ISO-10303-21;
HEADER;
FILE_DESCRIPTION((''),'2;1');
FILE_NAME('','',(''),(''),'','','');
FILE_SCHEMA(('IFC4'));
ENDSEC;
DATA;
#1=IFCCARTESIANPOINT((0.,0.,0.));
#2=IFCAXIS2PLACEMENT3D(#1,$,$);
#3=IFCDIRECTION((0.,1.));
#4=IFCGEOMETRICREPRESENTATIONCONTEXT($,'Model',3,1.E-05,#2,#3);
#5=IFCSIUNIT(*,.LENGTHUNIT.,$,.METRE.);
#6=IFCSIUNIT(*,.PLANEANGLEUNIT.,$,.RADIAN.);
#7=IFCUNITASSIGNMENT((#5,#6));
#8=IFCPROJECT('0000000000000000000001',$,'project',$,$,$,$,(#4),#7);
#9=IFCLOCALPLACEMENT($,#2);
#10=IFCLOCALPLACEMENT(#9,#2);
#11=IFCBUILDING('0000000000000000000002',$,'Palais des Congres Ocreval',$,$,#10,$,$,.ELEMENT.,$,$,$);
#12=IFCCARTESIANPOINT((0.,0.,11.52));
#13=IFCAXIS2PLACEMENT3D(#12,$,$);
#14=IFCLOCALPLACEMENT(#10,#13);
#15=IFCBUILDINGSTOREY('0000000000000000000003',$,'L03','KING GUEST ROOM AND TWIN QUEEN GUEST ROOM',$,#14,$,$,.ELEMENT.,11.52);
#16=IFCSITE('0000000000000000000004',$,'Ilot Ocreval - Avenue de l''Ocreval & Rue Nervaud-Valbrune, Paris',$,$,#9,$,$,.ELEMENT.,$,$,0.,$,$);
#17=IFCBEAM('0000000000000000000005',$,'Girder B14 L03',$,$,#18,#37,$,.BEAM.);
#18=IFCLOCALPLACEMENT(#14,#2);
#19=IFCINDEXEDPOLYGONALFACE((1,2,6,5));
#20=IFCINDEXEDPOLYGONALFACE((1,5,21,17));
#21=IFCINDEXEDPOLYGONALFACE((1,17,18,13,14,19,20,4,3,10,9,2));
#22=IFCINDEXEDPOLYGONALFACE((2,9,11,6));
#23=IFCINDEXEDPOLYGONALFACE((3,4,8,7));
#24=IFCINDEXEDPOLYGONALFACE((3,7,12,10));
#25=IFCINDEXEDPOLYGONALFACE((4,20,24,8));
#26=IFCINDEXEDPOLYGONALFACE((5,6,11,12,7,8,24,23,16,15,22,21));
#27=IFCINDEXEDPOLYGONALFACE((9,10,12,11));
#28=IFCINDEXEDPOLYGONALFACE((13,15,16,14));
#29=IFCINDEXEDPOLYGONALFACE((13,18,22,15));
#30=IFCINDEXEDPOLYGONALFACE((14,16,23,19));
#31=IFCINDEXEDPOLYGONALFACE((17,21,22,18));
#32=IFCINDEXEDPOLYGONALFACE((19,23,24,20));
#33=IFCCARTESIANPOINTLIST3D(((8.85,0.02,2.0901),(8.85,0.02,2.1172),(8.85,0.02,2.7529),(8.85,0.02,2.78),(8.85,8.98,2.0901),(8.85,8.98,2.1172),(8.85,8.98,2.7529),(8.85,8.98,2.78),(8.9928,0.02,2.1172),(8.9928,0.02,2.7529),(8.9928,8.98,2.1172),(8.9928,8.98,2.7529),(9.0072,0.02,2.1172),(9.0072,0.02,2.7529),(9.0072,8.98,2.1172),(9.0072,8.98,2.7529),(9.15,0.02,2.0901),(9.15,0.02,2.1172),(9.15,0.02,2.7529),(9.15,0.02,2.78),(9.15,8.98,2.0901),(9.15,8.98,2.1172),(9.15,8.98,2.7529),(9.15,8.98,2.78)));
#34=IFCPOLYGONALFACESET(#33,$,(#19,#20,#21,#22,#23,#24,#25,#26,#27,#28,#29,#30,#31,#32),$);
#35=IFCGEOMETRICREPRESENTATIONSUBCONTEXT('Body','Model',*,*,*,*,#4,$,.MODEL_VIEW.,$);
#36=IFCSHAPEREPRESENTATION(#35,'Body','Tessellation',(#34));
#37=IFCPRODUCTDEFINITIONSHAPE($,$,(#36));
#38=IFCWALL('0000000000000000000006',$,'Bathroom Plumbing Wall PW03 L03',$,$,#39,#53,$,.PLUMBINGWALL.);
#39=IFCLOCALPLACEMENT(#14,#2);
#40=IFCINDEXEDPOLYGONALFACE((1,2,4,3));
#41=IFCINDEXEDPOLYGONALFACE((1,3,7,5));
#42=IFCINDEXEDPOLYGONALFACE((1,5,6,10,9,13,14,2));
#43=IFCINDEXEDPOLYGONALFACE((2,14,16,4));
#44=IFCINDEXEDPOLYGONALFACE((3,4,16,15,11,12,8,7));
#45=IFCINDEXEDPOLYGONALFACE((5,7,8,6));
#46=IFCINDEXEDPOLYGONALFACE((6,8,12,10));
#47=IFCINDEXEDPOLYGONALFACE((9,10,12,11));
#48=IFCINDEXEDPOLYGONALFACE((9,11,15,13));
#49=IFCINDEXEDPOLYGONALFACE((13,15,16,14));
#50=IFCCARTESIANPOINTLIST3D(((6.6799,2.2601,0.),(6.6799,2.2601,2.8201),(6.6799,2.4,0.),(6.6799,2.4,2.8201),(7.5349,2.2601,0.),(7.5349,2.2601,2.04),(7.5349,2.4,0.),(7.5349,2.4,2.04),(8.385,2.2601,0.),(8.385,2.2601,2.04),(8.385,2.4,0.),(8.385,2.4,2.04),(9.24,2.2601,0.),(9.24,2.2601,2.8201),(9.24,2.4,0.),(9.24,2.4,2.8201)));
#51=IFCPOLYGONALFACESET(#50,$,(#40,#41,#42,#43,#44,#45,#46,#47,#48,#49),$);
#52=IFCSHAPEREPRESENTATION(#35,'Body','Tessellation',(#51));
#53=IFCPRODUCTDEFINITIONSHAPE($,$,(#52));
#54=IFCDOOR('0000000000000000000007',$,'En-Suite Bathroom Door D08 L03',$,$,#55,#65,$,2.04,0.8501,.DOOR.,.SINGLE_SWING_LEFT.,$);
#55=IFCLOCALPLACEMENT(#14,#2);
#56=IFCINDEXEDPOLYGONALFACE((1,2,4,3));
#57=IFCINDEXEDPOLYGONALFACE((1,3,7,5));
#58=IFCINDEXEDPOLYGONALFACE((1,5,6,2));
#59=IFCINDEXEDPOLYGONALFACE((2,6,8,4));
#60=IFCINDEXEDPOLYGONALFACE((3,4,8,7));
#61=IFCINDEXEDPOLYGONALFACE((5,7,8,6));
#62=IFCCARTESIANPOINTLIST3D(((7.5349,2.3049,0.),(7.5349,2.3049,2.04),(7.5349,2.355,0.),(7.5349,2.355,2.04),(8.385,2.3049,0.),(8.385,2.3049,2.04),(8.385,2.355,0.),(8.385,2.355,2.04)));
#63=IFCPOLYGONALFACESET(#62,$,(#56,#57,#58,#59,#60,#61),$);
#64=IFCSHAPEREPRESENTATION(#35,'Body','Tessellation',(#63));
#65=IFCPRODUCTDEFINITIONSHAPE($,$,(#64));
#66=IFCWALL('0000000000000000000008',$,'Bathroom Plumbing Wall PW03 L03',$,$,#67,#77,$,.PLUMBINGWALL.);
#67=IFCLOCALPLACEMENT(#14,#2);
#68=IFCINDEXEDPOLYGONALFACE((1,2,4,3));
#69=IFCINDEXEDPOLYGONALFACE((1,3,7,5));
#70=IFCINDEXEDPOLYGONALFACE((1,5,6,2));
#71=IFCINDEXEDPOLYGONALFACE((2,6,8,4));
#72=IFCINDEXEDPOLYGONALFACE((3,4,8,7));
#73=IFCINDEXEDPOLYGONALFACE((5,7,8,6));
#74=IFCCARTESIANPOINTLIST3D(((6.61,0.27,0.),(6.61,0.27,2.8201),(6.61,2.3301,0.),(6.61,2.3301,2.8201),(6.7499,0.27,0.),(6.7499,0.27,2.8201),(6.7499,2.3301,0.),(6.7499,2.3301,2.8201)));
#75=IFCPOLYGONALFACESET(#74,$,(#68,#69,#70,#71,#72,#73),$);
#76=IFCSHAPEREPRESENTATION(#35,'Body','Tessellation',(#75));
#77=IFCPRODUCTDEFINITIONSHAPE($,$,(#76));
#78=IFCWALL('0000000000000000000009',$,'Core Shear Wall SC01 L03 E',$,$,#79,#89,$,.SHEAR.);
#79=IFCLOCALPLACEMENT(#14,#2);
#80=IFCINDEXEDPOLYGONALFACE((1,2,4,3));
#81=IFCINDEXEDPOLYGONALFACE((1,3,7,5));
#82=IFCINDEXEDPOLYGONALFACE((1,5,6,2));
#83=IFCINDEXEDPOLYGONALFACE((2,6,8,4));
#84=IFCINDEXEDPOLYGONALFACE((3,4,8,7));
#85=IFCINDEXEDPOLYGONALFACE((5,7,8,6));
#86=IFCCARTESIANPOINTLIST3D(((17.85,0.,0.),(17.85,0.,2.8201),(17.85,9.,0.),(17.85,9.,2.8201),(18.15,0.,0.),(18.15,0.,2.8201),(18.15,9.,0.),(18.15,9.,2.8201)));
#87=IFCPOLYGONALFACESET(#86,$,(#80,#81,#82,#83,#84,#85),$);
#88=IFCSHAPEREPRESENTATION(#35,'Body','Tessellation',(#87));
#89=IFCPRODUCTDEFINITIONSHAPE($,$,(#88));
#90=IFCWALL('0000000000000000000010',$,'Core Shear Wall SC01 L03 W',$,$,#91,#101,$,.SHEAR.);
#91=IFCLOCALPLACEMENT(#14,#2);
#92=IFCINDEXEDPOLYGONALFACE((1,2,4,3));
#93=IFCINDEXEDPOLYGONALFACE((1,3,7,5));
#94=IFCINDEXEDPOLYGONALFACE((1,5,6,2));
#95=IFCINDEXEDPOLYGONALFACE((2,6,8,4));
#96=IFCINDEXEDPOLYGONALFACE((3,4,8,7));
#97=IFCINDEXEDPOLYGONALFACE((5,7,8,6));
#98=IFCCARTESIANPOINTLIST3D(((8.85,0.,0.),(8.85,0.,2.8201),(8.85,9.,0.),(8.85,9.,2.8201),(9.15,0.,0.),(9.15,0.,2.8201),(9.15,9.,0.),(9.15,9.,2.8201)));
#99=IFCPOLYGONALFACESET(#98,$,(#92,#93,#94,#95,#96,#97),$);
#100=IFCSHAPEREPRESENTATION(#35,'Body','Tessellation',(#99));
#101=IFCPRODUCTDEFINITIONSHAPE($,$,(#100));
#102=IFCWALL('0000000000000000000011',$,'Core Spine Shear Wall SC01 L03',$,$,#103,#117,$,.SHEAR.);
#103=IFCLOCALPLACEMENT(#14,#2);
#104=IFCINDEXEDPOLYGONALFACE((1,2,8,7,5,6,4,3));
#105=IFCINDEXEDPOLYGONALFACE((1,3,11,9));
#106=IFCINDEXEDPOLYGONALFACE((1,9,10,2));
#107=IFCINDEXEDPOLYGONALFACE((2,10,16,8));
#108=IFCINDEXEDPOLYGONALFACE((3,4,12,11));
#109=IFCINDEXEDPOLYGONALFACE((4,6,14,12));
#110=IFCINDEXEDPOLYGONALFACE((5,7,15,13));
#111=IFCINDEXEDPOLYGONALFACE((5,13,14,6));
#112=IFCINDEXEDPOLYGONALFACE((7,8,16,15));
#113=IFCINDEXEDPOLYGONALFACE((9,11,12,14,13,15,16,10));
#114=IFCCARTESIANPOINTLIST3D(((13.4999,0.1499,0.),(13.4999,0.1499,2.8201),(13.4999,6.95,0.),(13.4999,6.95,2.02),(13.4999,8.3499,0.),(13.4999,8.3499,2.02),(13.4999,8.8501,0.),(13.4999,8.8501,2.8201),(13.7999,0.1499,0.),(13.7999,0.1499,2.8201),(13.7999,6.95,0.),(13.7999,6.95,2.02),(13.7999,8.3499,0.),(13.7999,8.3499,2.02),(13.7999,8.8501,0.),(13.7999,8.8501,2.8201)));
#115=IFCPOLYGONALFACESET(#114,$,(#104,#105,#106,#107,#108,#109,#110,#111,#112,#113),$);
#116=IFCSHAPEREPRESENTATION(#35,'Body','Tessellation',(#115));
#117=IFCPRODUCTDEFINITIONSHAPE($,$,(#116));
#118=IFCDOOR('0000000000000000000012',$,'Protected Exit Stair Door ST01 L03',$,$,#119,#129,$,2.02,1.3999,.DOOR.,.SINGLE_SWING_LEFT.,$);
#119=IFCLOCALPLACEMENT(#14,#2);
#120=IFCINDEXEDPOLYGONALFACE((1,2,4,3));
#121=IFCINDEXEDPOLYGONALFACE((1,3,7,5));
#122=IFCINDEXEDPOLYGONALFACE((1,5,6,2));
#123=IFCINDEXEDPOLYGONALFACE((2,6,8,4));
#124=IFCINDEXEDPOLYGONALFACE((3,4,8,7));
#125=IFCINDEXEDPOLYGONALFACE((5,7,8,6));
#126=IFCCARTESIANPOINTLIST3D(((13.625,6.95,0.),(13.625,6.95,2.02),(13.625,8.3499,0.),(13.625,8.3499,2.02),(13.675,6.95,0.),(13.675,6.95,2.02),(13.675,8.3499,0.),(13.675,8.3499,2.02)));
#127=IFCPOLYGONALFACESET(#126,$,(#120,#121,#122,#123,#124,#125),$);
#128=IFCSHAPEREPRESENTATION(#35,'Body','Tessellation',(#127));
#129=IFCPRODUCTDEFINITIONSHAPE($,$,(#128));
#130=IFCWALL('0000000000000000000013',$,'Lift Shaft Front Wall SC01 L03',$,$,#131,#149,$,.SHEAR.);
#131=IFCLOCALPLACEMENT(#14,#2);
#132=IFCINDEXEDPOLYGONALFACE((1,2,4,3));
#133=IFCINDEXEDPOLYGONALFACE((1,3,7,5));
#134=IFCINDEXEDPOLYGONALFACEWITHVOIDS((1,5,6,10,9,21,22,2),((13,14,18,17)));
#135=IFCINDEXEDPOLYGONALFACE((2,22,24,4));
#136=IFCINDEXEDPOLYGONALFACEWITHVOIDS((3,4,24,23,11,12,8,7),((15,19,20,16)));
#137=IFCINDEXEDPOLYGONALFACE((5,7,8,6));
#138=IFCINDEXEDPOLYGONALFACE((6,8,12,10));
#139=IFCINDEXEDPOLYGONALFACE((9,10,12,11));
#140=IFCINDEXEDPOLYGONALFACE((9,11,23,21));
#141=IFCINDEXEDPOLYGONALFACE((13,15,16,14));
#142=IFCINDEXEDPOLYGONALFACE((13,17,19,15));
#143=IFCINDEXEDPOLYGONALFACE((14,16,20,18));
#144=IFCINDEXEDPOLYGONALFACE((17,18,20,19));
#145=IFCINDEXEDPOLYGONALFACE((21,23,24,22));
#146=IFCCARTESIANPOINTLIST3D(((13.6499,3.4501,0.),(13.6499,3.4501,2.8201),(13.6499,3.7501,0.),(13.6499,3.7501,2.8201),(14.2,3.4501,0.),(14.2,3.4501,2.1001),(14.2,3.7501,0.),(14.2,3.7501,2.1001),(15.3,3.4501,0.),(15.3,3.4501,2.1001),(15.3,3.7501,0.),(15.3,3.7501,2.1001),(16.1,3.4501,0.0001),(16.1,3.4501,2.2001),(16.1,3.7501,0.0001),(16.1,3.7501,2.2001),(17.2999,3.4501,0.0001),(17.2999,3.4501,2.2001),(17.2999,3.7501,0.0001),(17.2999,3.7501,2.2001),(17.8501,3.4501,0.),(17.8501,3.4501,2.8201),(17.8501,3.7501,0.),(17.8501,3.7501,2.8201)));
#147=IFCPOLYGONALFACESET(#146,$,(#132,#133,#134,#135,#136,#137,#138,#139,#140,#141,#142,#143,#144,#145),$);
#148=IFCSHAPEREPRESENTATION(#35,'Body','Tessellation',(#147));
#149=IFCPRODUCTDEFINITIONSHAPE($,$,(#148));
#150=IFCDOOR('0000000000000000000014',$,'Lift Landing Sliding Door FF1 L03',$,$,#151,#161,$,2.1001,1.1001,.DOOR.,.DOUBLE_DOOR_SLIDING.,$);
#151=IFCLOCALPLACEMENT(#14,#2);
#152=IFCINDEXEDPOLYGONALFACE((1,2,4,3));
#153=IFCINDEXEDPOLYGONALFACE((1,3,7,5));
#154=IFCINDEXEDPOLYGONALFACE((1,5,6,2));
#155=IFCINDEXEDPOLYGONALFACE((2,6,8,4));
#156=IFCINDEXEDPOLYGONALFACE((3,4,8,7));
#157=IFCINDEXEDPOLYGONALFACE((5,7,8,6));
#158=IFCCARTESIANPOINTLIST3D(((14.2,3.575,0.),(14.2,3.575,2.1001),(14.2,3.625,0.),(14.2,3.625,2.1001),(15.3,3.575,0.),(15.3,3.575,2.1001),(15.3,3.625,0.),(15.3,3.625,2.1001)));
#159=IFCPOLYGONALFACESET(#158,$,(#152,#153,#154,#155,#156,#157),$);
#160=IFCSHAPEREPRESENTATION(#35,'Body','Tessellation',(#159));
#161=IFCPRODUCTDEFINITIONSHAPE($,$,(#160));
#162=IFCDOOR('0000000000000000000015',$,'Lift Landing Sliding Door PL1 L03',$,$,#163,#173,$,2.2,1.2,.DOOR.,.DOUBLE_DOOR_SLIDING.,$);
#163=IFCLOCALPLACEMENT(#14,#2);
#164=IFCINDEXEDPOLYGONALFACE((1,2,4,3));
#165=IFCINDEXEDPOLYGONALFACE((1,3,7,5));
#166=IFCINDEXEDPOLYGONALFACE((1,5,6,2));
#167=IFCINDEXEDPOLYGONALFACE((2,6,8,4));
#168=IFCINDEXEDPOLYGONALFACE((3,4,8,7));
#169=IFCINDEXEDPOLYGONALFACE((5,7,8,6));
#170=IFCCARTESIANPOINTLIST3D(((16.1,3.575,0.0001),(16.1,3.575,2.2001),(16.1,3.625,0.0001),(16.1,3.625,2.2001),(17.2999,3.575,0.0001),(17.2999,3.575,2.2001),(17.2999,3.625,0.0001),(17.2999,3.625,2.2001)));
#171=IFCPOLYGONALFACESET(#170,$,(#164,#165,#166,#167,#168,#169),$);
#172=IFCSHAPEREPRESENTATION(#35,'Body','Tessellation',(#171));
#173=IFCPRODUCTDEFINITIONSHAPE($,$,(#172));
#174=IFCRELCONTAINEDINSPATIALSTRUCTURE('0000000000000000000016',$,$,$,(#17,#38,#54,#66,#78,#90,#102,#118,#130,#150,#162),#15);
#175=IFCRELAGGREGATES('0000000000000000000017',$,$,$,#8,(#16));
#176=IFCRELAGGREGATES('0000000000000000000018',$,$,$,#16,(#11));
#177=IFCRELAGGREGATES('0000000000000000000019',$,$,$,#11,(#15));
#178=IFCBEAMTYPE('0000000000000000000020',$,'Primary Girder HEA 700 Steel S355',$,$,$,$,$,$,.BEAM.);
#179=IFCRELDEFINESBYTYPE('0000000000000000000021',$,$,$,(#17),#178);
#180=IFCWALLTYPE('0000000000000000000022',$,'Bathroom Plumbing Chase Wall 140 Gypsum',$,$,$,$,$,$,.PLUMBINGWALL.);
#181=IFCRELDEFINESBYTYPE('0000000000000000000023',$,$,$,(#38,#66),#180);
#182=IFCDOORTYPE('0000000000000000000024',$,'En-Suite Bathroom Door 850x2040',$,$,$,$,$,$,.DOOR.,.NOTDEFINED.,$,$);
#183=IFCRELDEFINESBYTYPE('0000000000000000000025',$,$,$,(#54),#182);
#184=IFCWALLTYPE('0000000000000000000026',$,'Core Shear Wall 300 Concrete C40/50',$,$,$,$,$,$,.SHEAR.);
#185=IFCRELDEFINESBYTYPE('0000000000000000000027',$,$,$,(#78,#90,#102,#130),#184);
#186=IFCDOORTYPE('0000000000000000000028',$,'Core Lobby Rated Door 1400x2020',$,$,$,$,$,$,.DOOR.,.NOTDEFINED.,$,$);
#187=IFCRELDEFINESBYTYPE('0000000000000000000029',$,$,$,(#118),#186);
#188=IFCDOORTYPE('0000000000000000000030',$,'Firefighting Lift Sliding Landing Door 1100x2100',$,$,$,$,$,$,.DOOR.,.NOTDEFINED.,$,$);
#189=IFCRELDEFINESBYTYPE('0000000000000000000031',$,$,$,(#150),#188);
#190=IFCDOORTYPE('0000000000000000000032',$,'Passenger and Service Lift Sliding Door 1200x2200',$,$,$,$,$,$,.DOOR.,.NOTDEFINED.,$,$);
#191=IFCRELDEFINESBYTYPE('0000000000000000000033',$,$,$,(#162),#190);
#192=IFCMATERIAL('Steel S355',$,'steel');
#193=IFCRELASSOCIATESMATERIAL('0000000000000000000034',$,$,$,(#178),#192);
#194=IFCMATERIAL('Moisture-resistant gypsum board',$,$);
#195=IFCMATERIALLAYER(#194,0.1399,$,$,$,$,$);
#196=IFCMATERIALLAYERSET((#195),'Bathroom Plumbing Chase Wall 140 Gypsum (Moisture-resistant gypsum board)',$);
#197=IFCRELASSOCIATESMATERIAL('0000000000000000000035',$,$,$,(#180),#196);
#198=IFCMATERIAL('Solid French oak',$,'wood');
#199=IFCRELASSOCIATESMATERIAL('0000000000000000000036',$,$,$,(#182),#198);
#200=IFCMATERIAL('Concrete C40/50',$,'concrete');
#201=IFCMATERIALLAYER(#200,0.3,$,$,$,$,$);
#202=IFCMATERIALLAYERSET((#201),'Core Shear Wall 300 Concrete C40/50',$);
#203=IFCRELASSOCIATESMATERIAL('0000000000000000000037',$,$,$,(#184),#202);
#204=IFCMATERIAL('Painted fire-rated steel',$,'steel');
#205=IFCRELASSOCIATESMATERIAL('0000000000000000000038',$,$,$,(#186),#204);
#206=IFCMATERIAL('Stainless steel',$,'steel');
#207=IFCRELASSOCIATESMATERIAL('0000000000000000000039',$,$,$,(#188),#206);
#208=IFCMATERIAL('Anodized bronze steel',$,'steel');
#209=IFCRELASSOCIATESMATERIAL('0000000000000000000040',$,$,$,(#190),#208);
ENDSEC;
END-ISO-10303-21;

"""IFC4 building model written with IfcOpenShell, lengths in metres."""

from ifc_helpers import new_model, si_unit, direction, frame, frame_2d, origin, origin_2d, place, context, subcontext, project, spatial, rectangle, i_section, extrude, material, layer, layer_set, material_profile, profile_set, type_object, element, fill, save


model = new_model("IFC4")

# Units and contexts
model_context = context("Model", 3, precision=1e-05, world=origin(), true_north=direction((0.0, 1.0)))
body_context = subcontext(model_context, "Body", "Model", "MODEL_VIEW")
ifc_project = project(units=[si_unit("LENGTHUNIT", "METRE"), si_unit("PLANEANGLEUNIT", "RADIAN")], contexts=[model_context])

# Site, building, storey
site_placement = place(None, origin())
site = spatial("IfcSite", under=ifc_project, at=site_placement, Name="Ilot Ocreval - Avenue de l'Ocreval & Rue Nervaud-Valbrune, Paris", CompositionType="ELEMENT", RefElevation=0.0)
building_placement = place(site_placement, origin())
building = spatial("IfcBuilding", under=site, at=building_placement, Name="Palais des Congres Ocreval", CompositionType="ELEMENT")
storey_placement = place(building_placement, frame((0.0, 0.0, 11.52)))
storey = spatial("IfcBuildingStorey", under=building, at=storey_placement, Name="L03", Description="KING GUEST ROOM AND TWIN QUEEN GUEST ROOM", CompositionType="ELEMENT", Elevation=11.52)

# Shared definitions
ifc_material_1 = material(Name="Steel S355", Category="steel")

# Beam
ifc_material_profile_1 = material_profile(ifc_material_1, i_section(OverallWidth=0.3, OverallDepth=0.6899, WebThickness=0.0144, FlangeThickness=0.0271, at=origin_2d()), Name="HEA 700")
ifc_profile_set_1 = profile_set([ifc_material_profile_1], Name="Steel S355")
beam_type_1 = type_object("IfcBeamType", Name="Primary Girder HEA 700 Steel S355", PredefinedType="BEAM", material=ifc_profile_set_1)
beam_1_placement = place(storey_placement, frame((9.0, 0.02, 2.4351), z_axis=(0.0, 1.0, 0.0), x_axis=(-1.0, 0.0, 0.0)))
element("IfcBeam", 1, at=beam_1_placement, inside=storey, type_object=beam_type_1, Name="Girder B14 L03", PredefinedType="BEAM", context=body_context, shape_type="SweptSolid", body=[
    extrude(i_section(OverallWidth=0.3, OverallDepth=0.6899, WebThickness=0.0144, FlangeThickness=0.0271, at=origin_2d()), origin(), (0.0, 0.0, 1.0), 8.96),
])

# Wall, opening, door
ifc_material_2 = material(Name="Moisture-resistant gypsum board")
ifc_layer_1 = layer(ifc_material_2, 0.1399)
ifc_layer_set_1 = layer_set([ifc_layer_1], Name="Bathroom Plumbing Chase Wall 140 Gypsum (Moisture-resistant gypsum board)")
wall_type_1 = type_object("IfcWallType", Name="Bathroom Plumbing Chase Wall 140 Gypsum", PredefinedType="PLUMBINGWALL", material=ifc_layer_set_1)
wall_1_placement = place(storey_placement, frame((6.6799, 2.3301, 0.0), z_axis=(0.0, 0.0, 1.0), x_axis=(1.0, 0.0, 0.0)))
wall_1 = element("IfcWall", 2, at=wall_1_placement, inside=storey, type_object=wall_type_1, Name="Bathroom Plumbing Wall PW03 L03", PredefinedType="PLUMBINGWALL", context=body_context, shape_type="SweptSolid", body=[
    extrude(rectangle(XDim=2.5601, YDim=0.1399, at=frame_2d((1.28, 0.0))), origin(), (0.0, 0.0, 1.0), 2.8201),
])
opening_1_placement = place(wall_1_placement, frame((0.855, 0.0, 0.0)))
opening_1 = element("IfcOpeningElement", 3, at=opening_1_placement, cuts=wall_1, PredefinedType="OPENING", context=body_context, shape_type="SweptSolid", body=[
    extrude(rectangle(XDim=0.8501, YDim=2.04, at=frame_2d((0.425, 1.02))), frame((0.0, 0.0798, 0.0), z_axis=(0.0, -1.0, 0.0), x_axis=(1.0, 0.0, 0.0)), (0.0, 0.0, 1.0), 0.1599),
])
ifc_material_3 = material(Name="Solid French oak", Category="wood")
door_type_1 = type_object("IfcDoorType", Name="En-Suite Bathroom Door 850x2040", OperationType="NOTDEFINED", PredefinedType="DOOR", material=ifc_material_3)
door_1_placement = place(opening_1_placement, origin())
door_1 = element("IfcDoor", 4, at=door_1_placement, inside=storey, type_object=door_type_1, Name="En-Suite Bathroom Door D08 L03", OperationType="SINGLE_SWING_LEFT", OverallHeight=2.04, OverallWidth=0.8501, PredefinedType="DOOR", context=body_context, shape_type="SweptSolid", body=[
    extrude(rectangle(XDim=0.8501, YDim=2.04, at=frame_2d((0.425, 1.02))), frame((0.0, 0.0249, 0.0), z_axis=(0.0, -1.0, 0.0), x_axis=(1.0, 0.0, 0.0)), (0.0, 0.0, 1.0), 0.05),
])
fill(opening_1, door_1)

# Walls
wall_2_placement = place(storey_placement, frame((6.6799, 0.27, 0.0), z_axis=(0.0, 0.0, 1.0), x_axis=(0.0, 1.0, 0.0)))
element("IfcWall", 5, at=wall_2_placement, inside=storey, type_object=wall_type_1, Name="Bathroom Plumbing Wall PW03 L03", PredefinedType="PLUMBINGWALL", context=body_context, shape_type="SweptSolid", body=[
    extrude(rectangle(XDim=2.0601, YDim=0.1399, at=frame_2d((1.03, 0.0))), origin(), (0.0, 0.0, 1.0), 2.8201),
])
ifc_material_4 = material(Name="Concrete C40/50", Category="concrete")
ifc_layer_2 = layer(ifc_material_4, 0.3)
ifc_layer_set_2 = layer_set([ifc_layer_2], Name="Core Shear Wall 300 Concrete C40/50")
wall_type_2 = type_object("IfcWallType", Name="Core Shear Wall 300 Concrete C40/50", PredefinedType="SHEAR", material=ifc_layer_set_2)
for number, where, z_axis, x_axis, name in (
    (6, (18.0, 0.0, 0.0), (0.0, 0.0, 1.0), (0.0, 1.0, 0.0), "Core Shear Wall SC01 L03 E"),
    (7, (9.0, 0.0, 0.0), (0.0, 0.0, 1.0), (0.0, 1.0, 0.0), "Core Shear Wall SC01 L03 W"),
):
    element("IfcWall", number, at=place(storey_placement, frame(where, z_axis=z_axis, x_axis=x_axis)), inside=storey, type_object=wall_type_2, Name=name, PredefinedType="SHEAR", context=body_context, shape_type="SweptSolid", body=[
        extrude(rectangle(XDim=9.0, YDim=0.3, at=frame_2d((4.5, 0.0))), origin(), (0.0, 0.0, 1.0), 2.8201),
    ])

# Wall, opening, door
wall_3_placement = place(storey_placement, frame((13.6499, 0.1499, 0.0), z_axis=(0.0, 0.0, 1.0), x_axis=(0.0, 1.0, 0.0)))
wall_3 = element("IfcWall", 8, at=wall_3_placement, inside=storey, type_object=wall_type_2, Name="Core Spine Shear Wall SC01 L03", PredefinedType="SHEAR", context=body_context, shape_type="SweptSolid", body=[
    extrude(rectangle(XDim=8.7002, YDim=0.3, at=frame_2d((4.3501, 0.0))), origin(), (0.0, 0.0, 1.0), 2.8201),
])
opening_2_placement = place(wall_3_placement, frame((6.8, 0.0, 0.0)))
opening_2 = element("IfcOpeningElement", 9, at=opening_2_placement, cuts=wall_3, PredefinedType="OPENING", context=body_context, shape_type="SweptSolid", body=[
    extrude(rectangle(XDim=1.3999, YDim=2.02, at=frame_2d((0.7, 1.01))), frame((0.0, 0.1599, 0.0), z_axis=(0.0, -1.0, 0.0), x_axis=(1.0, 0.0, 0.0)), (0.0, 0.0, 1.0), 0.3201),
])
ifc_material_5 = material(Name="Painted fire-rated steel", Category="steel")
door_type_2 = type_object("IfcDoorType", Name="Core Lobby Rated Door 1400x2020", OperationType="NOTDEFINED", PredefinedType="DOOR", material=ifc_material_5)
door_2_placement = place(opening_2_placement, origin())
door_2 = element("IfcDoor", 10, at=door_2_placement, inside=storey, type_object=door_type_2, Name="Protected Exit Stair Door ST01 L03", OperationType="SINGLE_SWING_LEFT", OverallHeight=2.02, OverallWidth=1.3999, PredefinedType="DOOR", context=body_context, shape_type="SweptSolid", body=[
    extrude(rectangle(XDim=1.3999, YDim=2.02, at=frame_2d((0.7, 1.01))), frame((0.0, 0.0249, 0.0), z_axis=(0.0, -1.0, 0.0), x_axis=(1.0, 0.0, 0.0)), (0.0, 0.0, 1.0), 0.05),
])
fill(opening_2, door_2)

# Wall, openings, doors
wall_4_placement = place(storey_placement, frame((13.6499, 3.6001, 0.0), z_axis=(0.0, 0.0, 1.0), x_axis=(1.0, 0.0, 0.0)))
wall_4 = element("IfcWall", 11, at=wall_4_placement, inside=storey, type_object=wall_type_2, Name="Lift Shaft Front Wall SC01 L03", PredefinedType="SHEAR", context=body_context, shape_type="SweptSolid", body=[
    extrude(rectangle(XDim=4.2002, YDim=0.3, at=frame_2d((2.1001, 0.0))), origin(), (0.0, 0.0, 1.0), 2.8201),
])
opening_3_placement = place(wall_4_placement, frame((0.55, 0.0, 0.0)))
opening_3 = element("IfcOpeningElement", 12, at=opening_3_placement, cuts=wall_4, PredefinedType="OPENING", context=body_context, shape_type="SweptSolid", body=[
    extrude(rectangle(XDim=1.1001, YDim=2.1001, at=frame_2d((0.55, 1.05))), frame((0.0, 0.1599, 0.0), z_axis=(0.0, -1.0, 0.0), x_axis=(1.0, 0.0, 0.0)), (0.0, 0.0, 1.0), 0.3201),
])
opening_4_placement = place(wall_4_placement, frame((2.45, 0.0, 0.0)))
opening_4 = element("IfcOpeningElement", 13, at=opening_4_placement, cuts=wall_4, PredefinedType="OPENING", context=body_context, shape_type="SweptSolid", body=[
    extrude(rectangle(XDim=1.2, YDim=2.2, at=frame_2d((0.6001, 1.1001))), frame((0.0, 0.1599, 0.0), z_axis=(0.0, -1.0, 0.0), x_axis=(1.0, 0.0, 0.0)), (0.0, 0.0, 1.0), 0.3201),
])
ifc_material_6 = material(Name="Stainless steel", Category="steel")
door_type_3 = type_object("IfcDoorType", Name="Firefighting Lift Sliding Landing Door 1100x2100", OperationType="NOTDEFINED", PredefinedType="DOOR", material=ifc_material_6)
door_3_placement = place(opening_3_placement, origin())
door_3 = element("IfcDoor", 14, at=door_3_placement, inside=storey, type_object=door_type_3, Name="Lift Landing Sliding Door FF1 L03", OperationType="DOUBLE_DOOR_SLIDING", OverallHeight=2.1001, OverallWidth=1.1001, PredefinedType="DOOR", context=body_context, shape_type="SweptSolid", body=[
    extrude(rectangle(XDim=1.1001, YDim=2.1001, at=frame_2d((0.55, 1.05))), frame((0.0, 0.0249, 0.0), z_axis=(0.0, -1.0, 0.0), x_axis=(1.0, 0.0, 0.0)), (0.0, 0.0, 1.0), 0.05),
])
fill(opening_3, door_3)
ifc_material_7 = material(Name="Anodized bronze steel", Category="steel")
door_type_4 = type_object("IfcDoorType", Name="Passenger and Service Lift Sliding Door 1200x2200", OperationType="NOTDEFINED", PredefinedType="DOOR", material=ifc_material_7)
door_4_placement = place(opening_4_placement, origin())
door_4 = element("IfcDoor", 15, at=door_4_placement, inside=storey, type_object=door_type_4, Name="Lift Landing Sliding Door PL1 L03", OperationType="DOUBLE_DOOR_SLIDING", OverallHeight=2.2, OverallWidth=1.2, PredefinedType="DOOR", context=body_context, shape_type="SweptSolid", body=[
    extrude(rectangle(XDim=1.2, YDim=2.2, at=frame_2d((0.6001, 1.1001))), frame((0.0, 0.0249, 0.0), z_axis=(0.0, -1.0, 0.0), x_axis=(1.0, 0.0, 0.0)), (0.0, 0.0, 1.0), 0.05),
])
fill(opening_4, door_4)

save(model, "model.ifc")
